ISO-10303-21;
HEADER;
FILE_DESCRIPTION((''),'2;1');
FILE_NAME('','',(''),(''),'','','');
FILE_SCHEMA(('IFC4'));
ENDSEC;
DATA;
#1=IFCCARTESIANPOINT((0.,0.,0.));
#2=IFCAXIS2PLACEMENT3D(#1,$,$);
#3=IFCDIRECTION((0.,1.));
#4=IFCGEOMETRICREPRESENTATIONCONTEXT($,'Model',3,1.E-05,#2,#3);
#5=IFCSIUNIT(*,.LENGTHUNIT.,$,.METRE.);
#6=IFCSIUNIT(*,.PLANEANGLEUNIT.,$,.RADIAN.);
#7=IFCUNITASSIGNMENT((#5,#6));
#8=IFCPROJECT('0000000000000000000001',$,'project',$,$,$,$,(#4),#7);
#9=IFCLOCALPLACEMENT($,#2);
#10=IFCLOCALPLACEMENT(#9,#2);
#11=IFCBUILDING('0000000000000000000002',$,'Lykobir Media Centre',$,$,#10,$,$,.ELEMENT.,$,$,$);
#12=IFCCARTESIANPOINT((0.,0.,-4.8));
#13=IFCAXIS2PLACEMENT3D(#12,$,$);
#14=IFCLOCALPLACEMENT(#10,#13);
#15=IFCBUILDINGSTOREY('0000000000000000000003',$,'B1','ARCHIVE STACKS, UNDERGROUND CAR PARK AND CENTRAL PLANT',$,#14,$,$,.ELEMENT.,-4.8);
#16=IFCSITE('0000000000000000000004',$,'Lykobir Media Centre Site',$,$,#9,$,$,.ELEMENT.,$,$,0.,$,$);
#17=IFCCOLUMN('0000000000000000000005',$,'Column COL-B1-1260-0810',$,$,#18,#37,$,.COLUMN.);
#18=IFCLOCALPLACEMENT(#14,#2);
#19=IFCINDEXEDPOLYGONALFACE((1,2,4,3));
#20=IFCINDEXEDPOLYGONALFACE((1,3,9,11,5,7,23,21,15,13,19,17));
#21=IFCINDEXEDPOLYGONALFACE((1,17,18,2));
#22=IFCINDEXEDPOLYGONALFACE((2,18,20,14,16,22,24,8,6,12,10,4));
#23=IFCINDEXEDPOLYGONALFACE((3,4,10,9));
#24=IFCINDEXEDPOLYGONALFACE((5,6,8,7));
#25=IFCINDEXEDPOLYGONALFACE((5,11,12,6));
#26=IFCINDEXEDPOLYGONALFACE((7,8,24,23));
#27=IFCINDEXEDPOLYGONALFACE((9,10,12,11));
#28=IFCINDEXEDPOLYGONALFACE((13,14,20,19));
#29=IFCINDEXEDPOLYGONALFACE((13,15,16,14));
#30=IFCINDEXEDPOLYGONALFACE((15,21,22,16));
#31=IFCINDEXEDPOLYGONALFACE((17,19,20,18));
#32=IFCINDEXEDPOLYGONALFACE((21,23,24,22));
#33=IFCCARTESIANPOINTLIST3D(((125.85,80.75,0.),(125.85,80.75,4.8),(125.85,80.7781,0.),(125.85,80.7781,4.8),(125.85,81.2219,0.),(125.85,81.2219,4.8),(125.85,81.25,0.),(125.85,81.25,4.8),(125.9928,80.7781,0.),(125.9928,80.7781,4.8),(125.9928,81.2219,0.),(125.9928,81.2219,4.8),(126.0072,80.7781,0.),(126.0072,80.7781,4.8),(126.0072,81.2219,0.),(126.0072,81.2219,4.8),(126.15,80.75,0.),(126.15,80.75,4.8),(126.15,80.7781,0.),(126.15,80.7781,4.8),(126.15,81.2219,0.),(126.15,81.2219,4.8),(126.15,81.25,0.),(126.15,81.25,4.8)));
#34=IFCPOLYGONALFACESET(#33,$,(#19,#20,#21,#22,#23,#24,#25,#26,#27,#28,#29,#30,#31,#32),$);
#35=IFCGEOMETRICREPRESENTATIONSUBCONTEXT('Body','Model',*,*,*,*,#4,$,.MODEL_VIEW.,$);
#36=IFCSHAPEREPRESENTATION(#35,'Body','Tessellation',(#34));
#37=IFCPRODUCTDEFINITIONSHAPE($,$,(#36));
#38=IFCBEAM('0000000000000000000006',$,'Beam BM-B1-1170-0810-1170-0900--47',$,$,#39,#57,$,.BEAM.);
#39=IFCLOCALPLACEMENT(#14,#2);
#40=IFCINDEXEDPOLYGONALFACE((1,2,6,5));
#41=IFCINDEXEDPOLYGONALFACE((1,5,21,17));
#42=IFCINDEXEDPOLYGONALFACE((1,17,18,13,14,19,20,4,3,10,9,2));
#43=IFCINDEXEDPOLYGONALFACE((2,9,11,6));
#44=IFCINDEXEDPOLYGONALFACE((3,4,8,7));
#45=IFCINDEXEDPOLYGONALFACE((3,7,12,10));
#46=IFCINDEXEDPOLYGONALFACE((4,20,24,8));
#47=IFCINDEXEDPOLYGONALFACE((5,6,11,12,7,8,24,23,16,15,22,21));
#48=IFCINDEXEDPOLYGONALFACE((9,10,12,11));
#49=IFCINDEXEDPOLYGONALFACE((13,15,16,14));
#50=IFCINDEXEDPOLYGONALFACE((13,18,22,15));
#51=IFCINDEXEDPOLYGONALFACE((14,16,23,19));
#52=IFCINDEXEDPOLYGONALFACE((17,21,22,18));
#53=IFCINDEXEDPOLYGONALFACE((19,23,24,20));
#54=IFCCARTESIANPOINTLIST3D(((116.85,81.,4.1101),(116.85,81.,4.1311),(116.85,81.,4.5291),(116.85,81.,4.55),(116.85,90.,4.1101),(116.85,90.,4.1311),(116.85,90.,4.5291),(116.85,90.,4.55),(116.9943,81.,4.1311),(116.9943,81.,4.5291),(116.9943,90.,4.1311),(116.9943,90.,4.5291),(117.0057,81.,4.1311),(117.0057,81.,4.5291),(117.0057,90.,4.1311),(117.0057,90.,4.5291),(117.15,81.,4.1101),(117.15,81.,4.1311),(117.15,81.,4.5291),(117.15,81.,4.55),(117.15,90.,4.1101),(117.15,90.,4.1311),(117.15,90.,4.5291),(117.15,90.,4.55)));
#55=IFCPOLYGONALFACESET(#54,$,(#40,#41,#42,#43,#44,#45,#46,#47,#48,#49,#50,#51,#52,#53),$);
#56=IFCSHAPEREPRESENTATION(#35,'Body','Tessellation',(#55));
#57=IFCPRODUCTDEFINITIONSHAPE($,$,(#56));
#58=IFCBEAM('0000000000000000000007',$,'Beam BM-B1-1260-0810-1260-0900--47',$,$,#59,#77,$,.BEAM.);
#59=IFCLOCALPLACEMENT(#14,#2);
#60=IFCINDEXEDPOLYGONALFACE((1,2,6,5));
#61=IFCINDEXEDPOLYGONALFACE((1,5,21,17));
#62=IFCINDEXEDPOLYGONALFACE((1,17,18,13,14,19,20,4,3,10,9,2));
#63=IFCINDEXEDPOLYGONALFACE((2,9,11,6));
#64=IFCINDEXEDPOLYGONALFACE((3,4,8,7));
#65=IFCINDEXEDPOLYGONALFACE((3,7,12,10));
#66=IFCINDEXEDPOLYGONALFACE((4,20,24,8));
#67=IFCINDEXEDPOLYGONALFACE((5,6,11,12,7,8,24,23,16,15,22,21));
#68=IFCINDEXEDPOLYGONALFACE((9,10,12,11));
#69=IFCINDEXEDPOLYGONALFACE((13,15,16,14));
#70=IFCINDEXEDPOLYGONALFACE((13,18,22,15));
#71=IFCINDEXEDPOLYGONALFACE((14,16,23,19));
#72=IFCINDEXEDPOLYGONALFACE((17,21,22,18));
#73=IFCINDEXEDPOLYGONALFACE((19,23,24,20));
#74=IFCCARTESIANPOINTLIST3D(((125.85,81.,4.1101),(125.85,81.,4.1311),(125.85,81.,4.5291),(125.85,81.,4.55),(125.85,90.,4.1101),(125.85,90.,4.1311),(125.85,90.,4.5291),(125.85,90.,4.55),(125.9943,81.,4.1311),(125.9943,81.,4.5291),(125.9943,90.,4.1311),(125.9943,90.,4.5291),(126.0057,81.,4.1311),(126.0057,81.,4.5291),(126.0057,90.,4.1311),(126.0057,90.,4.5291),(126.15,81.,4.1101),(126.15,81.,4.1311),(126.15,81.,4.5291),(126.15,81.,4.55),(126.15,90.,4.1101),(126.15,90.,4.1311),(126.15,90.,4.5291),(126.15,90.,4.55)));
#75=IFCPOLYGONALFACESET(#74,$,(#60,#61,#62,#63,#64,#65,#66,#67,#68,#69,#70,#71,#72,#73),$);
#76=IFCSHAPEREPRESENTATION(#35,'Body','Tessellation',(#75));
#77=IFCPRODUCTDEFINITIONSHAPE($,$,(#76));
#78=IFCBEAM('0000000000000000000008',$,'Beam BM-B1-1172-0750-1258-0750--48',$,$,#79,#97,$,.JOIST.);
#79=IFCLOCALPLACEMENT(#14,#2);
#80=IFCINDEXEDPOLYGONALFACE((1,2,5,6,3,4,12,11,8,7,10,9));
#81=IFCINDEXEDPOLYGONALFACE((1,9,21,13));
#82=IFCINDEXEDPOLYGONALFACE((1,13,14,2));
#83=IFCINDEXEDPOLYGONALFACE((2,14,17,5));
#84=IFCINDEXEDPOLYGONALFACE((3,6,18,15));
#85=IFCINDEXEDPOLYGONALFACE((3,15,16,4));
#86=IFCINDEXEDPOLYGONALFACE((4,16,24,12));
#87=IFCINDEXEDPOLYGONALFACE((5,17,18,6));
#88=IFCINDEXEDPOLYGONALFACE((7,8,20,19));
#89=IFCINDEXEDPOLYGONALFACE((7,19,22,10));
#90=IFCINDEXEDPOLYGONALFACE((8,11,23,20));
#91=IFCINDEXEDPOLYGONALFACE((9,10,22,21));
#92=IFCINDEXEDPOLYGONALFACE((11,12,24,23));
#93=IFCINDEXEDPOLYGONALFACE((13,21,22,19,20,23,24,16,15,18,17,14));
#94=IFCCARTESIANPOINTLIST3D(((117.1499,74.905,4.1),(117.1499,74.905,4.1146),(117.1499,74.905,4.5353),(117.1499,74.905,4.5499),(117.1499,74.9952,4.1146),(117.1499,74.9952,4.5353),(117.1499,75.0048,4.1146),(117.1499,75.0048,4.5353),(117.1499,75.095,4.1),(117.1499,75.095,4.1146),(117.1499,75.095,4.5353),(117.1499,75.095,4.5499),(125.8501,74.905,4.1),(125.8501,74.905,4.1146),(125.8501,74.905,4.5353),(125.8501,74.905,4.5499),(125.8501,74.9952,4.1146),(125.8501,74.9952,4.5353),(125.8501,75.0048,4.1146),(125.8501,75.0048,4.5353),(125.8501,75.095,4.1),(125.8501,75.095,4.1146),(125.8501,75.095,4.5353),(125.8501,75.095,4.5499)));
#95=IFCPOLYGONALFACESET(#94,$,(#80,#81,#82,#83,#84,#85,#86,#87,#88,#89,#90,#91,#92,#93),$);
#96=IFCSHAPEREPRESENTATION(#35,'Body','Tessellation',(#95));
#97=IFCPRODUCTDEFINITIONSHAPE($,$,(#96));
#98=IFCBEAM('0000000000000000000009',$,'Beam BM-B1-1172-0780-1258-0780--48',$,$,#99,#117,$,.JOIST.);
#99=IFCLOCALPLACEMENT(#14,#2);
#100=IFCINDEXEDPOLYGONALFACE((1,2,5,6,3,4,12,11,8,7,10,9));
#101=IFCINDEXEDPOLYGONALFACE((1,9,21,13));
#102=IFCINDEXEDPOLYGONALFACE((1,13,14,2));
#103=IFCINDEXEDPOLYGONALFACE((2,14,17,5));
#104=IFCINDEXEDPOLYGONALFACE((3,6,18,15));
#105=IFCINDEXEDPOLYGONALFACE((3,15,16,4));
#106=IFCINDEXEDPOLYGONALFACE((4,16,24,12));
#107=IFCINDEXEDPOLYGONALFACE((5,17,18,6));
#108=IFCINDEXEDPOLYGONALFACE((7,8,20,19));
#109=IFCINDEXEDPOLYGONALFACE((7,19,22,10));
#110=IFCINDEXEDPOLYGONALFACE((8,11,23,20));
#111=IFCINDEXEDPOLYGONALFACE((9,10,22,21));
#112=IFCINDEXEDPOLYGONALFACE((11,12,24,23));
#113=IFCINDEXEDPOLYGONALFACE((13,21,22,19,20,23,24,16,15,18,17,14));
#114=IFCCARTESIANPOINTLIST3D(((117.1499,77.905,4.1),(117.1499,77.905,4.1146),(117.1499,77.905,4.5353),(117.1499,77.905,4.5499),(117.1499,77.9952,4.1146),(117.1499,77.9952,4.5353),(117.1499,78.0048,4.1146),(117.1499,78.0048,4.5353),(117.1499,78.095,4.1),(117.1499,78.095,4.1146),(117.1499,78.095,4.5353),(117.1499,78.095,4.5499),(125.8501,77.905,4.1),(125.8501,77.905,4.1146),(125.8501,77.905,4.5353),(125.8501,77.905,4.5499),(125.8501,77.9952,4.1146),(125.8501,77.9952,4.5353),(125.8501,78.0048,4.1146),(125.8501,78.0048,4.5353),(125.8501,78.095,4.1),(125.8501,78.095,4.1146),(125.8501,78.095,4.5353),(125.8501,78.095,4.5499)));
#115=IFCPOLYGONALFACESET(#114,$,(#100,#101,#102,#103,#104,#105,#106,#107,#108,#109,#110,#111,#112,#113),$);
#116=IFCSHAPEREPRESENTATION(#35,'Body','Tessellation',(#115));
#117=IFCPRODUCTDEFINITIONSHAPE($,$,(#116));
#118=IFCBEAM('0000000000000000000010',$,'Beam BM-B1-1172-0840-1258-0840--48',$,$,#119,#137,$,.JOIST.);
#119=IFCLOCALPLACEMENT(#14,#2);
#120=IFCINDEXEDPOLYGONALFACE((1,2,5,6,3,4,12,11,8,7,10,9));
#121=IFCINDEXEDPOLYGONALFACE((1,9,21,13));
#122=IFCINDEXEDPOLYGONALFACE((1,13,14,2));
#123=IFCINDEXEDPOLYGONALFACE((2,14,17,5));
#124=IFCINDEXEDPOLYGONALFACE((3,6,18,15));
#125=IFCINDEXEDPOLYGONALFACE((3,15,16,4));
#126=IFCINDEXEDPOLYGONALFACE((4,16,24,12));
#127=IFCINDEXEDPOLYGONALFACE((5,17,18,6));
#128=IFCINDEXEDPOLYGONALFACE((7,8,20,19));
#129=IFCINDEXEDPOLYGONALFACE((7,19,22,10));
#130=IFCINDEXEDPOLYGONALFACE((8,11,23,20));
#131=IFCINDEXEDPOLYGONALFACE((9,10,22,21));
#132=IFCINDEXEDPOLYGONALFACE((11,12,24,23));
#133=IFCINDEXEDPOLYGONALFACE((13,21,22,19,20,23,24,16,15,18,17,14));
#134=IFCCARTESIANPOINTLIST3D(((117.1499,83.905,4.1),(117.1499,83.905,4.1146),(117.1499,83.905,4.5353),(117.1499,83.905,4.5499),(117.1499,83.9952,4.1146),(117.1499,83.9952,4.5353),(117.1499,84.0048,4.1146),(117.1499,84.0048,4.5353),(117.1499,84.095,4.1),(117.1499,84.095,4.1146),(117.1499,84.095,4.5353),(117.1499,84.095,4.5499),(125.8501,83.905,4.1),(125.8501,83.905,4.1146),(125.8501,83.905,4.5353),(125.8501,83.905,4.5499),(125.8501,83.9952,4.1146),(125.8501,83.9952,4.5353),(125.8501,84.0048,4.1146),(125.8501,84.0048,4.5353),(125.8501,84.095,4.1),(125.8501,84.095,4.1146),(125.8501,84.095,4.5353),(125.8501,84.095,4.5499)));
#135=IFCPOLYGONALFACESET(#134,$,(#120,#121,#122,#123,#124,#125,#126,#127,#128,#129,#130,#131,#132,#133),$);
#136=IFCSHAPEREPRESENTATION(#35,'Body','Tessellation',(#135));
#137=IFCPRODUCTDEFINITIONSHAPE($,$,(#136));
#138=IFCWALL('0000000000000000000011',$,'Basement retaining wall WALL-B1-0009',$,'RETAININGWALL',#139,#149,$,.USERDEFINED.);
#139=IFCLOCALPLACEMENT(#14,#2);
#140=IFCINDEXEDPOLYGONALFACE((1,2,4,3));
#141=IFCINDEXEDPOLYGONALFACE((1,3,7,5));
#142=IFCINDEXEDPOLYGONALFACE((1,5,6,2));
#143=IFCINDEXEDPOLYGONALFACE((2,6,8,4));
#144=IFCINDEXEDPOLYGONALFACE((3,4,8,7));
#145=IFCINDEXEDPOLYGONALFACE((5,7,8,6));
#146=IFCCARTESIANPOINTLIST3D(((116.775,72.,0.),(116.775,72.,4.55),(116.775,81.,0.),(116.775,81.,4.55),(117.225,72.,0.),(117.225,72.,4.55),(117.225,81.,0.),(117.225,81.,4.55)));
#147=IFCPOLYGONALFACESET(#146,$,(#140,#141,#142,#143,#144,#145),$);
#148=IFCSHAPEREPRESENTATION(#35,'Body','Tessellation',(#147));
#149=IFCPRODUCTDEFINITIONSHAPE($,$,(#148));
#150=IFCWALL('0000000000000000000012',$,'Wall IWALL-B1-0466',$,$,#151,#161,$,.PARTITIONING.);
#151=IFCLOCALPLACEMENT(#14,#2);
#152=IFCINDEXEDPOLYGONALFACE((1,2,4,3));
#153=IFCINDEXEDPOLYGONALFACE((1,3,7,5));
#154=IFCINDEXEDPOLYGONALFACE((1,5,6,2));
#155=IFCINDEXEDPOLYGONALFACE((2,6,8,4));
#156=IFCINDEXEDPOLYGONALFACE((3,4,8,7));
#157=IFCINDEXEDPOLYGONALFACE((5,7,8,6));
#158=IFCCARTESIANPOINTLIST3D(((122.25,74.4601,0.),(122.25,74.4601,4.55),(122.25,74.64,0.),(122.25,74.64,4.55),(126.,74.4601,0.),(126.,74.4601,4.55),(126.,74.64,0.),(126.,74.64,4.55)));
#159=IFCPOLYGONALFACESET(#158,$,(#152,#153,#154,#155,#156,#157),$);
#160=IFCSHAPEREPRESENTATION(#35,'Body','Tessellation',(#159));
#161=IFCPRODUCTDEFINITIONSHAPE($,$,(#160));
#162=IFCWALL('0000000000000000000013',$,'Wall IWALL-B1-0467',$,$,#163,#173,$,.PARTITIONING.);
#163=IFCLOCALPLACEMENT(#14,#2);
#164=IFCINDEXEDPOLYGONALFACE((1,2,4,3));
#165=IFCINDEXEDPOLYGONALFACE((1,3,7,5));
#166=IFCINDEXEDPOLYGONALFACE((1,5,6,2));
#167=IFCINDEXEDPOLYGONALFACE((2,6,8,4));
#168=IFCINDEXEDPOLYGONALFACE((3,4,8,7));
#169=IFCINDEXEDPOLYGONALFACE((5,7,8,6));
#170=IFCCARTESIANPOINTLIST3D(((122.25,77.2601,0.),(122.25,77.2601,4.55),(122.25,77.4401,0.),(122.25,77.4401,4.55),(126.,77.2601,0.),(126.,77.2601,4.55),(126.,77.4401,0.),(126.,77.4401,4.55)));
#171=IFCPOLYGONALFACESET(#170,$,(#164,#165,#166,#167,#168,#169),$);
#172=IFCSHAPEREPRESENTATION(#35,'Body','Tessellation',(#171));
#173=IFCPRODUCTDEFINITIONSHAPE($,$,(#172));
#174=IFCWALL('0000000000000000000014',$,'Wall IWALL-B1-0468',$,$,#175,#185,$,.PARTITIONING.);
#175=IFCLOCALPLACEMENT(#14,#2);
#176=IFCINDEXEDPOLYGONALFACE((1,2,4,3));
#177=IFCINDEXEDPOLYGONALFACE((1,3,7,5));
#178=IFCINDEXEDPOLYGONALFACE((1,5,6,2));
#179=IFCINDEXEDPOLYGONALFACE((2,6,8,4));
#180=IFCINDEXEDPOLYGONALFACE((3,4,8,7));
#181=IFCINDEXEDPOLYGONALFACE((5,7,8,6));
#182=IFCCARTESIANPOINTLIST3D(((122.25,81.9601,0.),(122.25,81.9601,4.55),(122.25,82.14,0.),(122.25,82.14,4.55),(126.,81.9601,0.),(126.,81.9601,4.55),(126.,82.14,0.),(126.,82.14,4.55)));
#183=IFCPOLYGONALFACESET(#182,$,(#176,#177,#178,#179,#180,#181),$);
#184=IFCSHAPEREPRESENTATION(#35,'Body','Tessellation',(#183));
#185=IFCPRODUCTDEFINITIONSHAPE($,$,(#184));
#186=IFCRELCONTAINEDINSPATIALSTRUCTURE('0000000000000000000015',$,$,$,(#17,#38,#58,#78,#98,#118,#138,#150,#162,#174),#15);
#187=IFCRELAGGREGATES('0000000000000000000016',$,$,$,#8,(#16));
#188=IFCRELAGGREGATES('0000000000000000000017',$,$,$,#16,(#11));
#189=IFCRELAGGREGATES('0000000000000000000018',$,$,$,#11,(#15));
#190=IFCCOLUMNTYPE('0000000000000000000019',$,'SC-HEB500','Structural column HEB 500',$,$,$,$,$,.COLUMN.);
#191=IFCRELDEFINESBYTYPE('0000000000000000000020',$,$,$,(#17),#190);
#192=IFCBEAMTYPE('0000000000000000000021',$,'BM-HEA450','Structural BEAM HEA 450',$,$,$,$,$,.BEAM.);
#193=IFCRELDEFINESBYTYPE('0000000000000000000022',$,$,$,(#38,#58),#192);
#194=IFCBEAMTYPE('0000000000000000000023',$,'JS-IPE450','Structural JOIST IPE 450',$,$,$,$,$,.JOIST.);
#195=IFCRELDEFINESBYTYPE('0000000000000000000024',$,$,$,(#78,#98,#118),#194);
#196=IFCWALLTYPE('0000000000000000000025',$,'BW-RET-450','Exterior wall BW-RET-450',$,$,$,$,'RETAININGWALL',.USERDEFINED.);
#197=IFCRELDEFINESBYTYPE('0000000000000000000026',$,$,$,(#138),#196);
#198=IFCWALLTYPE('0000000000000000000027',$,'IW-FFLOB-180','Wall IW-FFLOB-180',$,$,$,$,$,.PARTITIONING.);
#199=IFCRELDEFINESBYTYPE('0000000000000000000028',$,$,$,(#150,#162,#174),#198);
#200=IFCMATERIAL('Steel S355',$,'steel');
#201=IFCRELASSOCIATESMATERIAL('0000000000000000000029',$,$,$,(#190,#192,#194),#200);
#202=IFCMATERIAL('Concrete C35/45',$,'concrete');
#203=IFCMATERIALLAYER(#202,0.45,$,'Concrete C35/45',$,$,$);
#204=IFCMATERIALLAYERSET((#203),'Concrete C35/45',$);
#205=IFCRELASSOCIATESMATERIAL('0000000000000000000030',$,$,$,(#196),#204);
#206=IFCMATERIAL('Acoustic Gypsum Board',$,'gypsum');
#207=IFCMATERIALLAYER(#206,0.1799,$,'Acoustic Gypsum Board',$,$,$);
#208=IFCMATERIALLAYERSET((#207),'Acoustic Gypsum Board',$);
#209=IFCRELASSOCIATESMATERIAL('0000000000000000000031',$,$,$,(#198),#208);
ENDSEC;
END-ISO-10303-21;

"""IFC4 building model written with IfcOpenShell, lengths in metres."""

from ifc_helpers import new_model, si_unit, direction, frame, frame_2d, origin, origin_2d, place, context, subcontext, project, spatial, rectangle, i_section, extrude, material, layer, layer_set, material_profile, profile_set, type_object, element, save


model = new_model("IFC4")

# Units and contexts
model_context = context("Model", 3, precision=1e-05, world=origin(), true_north=direction((0.0, 1.0)))
body_context = subcontext(model_context, "Body", "Model", "MODEL_VIEW")
ifc_project = project(units=[si_unit("LENGTHUNIT", "METRE"), si_unit("PLANEANGLEUNIT", "RADIAN")], contexts=[model_context])

# Site, building, storey
site_placement = place(None, origin())
site = spatial("IfcSite", under=ifc_project, at=site_placement, Name="Lykobir Media Centre Site", CompositionType="ELEMENT", RefElevation=0.0)
building_placement = place(site_placement, origin())
building = spatial("IfcBuilding", under=site, at=building_placement, Name="Lykobir Media Centre", CompositionType="ELEMENT")
storey_placement = place(building_placement, frame((0.0, 0.0, -4.8)))
storey = spatial("IfcBuildingStorey", under=building, at=storey_placement, Name="B1", Description="ARCHIVE STACKS, UNDERGROUND CAR PARK AND CENTRAL PLANT", CompositionType="ELEMENT", Elevation=-4.8)

# Shared definitions
ifc_material_1 = material(Name="Concrete C35/45", Category="concrete")

# Column
ifc_material_2 = material(Name="Steel S355", Category="steel")
ifc_material_profile_1 = material_profile(ifc_material_2, i_section(OverallWidth=0.3, OverallDepth=0.5, WebThickness=0.0144, FlangeThickness=0.0281, at=origin_2d()), Name="HEB 500")
ifc_profile_set_1 = profile_set([ifc_material_profile_1], Name="Steel S355")
column_type = type_object("IfcColumnType", Name="SC-HEB500", Description="Structural column HEB 500", PredefinedType="COLUMN", material=ifc_profile_set_1)
column_placement = place(storey_placement, frame((126.0, 81.0, 0.0), z_axis=(0.0, 0.0, 1.0), x_axis=(1.0, 0.0, 0.0)))
element("IfcColumn", 1, at=column_placement, inside=storey, type_object=column_type, Name="Column COL-B1-1260-0810", PredefinedType="COLUMN", context=body_context, shape_type="SweptSolid", body=[
    extrude(i_section(OverallWidth=0.3, OverallDepth=0.5, WebThickness=0.0144, FlangeThickness=0.0281, at=origin_2d()), origin(), (0.0, 0.0, 1.0), 4.8),
])

# Beams
ifc_material_profile_2 = material_profile(ifc_material_2, i_section(OverallWidth=0.3, OverallDepth=0.4399, WebThickness=0.0115, FlangeThickness=0.021, at=origin_2d()), Name="HEA 450")
ifc_profile_set_2 = profile_set([ifc_material_profile_2], Name="Steel S355")
beam_type_1 = type_object("IfcBeamType", Name="BM-HEA450", Description="Structural BEAM HEA 450", PredefinedType="BEAM", material=ifc_profile_set_2)
for number, where, z_axis, x_axis, name in (
    (2, (117.0, 81.0, 4.3301), (0.0, 1.0, 0.0), (-1.0, 0.0, 0.0), "Beam BM-B1-1170-0810-1170-0900--47"),
    (3, (126.0, 81.0, 4.3301), (0.0, 1.0, 0.0), (-1.0, 0.0, 0.0), "Beam BM-B1-1260-0810-1260-0900--47"),
):
    element("IfcBeam", number, at=place(storey_placement, frame(where, z_axis=z_axis, x_axis=x_axis)), inside=storey, type_object=beam_type_1, Name=name, PredefinedType="BEAM", context=body_context, shape_type="SweptSolid", body=[
        extrude(i_section(OverallWidth=0.3, OverallDepth=0.4399, WebThickness=0.0115, FlangeThickness=0.021, at=origin_2d()), origin(), (0.0, 0.0, 1.0), 9.0),
    ])
ifc_material_profile_3 = material_profile(ifc_material_2, i_section(OverallWidth=0.1899, OverallDepth=0.45, WebThickness=0.0095, FlangeThickness=0.0146, at=origin_2d()), Name="IPE 450")
ifc_profile_set_3 = profile_set([ifc_material_profile_3], Name="Steel S355")
beam_type_2 = type_object("IfcBeamType", Name="JS-IPE450", Description="Structural JOIST IPE 450", PredefinedType="JOIST", material=ifc_profile_set_3)
for number, where, z_axis, x_axis, name in (
    (4, (117.1499, 75.0, 4.325), (1.0, 0.0, 0.0), (0.0, 1.0, 0.0), "Beam BM-B1-1172-0750-1258-0750--48"),
    (5, (117.1499, 78.0, 4.325), (1.0, 0.0, 0.0), (0.0, 1.0, 0.0), "Beam BM-B1-1172-0780-1258-0780--48"),
    (6, (117.1499, 84.0, 4.325), (1.0, 0.0, 0.0), (0.0, 1.0, 0.0), "Beam BM-B1-1172-0840-1258-0840--48"),
):
    element("IfcBeam", number, at=place(storey_placement, frame(where, z_axis=z_axis, x_axis=x_axis)), inside=storey, type_object=beam_type_2, Name=name, PredefinedType="JOIST", context=body_context, shape_type="SweptSolid", body=[
        extrude(i_section(OverallWidth=0.1899, OverallDepth=0.45, WebThickness=0.0095, FlangeThickness=0.0146, at=origin_2d()), origin(), (0.0, 0.0, 1.0), 8.7002),
    ])

# Walls
ifc_layer_1 = layer(ifc_material_1, 0.45, Name="Concrete C35/45")
ifc_layer_set_1 = layer_set([ifc_layer_1], Name="Concrete C35/45")
wall_type_1 = type_object("IfcWallType", Name="BW-RET-450", Description="Exterior wall BW-RET-450", ElementType="RETAININGWALL", PredefinedType="USERDEFINED", material=ifc_layer_set_1)
wall_placement = place(storey_placement, frame((117.0, 81.0, 0.0), z_axis=(0.0, 0.0, 1.0), x_axis=(0.0, -1.0, 0.0)))
element("IfcWall", 7, at=wall_placement, inside=storey, type_object=wall_type_1, Name="Basement retaining wall WALL-B1-0009", ObjectType="RETAININGWALL", PredefinedType="USERDEFINED", context=body_context, shape_type="SweptSolid", body=[
    extrude(rectangle(XDim=9.0, YDim=0.45, at=frame_2d((4.5, 0.0))), origin(), (0.0, 0.0, 1.0), 4.55),
])
ifc_material_3 = material(Name="Acoustic Gypsum Board", Category="gypsum")
ifc_layer_2 = layer(ifc_material_3, 0.1799, Name="Acoustic Gypsum Board")
ifc_layer_set_2 = layer_set([ifc_layer_2], Name="Acoustic Gypsum Board")
wall_type_2 = type_object("IfcWallType", Name="IW-FFLOB-180", Description="Wall IW-FFLOB-180", PredefinedType="PARTITIONING", material=ifc_layer_set_2)
for number, where, z_axis, x_axis, name in (
    (8, (122.25, 74.55, 0.0), (0.0, 0.0, 1.0), (1.0, 0.0, 0.0), "Wall IWALL-B1-0466"),
    (9, (122.25, 77.3501, 0.0), (0.0, 0.0, 1.0), (1.0, 0.0, 0.0), "Wall IWALL-B1-0467"),
    (10, (122.25, 82.05, 0.0), (0.0, 0.0, 1.0), (1.0, 0.0, 0.0), "Wall IWALL-B1-0468"),
):
    element("IfcWall", number, at=place(storey_placement, frame(where, z_axis=z_axis, x_axis=x_axis)), inside=storey, type_object=wall_type_2, Name=name, PredefinedType="PARTITIONING", context=body_context, shape_type="SweptSolid", body=[
        extrude(rectangle(XDim=3.75, YDim=0.1799, at=frame_2d((1.875, 0.0))), origin(), (0.0, 0.0, 1.0), 4.55),
    ])

save(model, "model.ifc")
